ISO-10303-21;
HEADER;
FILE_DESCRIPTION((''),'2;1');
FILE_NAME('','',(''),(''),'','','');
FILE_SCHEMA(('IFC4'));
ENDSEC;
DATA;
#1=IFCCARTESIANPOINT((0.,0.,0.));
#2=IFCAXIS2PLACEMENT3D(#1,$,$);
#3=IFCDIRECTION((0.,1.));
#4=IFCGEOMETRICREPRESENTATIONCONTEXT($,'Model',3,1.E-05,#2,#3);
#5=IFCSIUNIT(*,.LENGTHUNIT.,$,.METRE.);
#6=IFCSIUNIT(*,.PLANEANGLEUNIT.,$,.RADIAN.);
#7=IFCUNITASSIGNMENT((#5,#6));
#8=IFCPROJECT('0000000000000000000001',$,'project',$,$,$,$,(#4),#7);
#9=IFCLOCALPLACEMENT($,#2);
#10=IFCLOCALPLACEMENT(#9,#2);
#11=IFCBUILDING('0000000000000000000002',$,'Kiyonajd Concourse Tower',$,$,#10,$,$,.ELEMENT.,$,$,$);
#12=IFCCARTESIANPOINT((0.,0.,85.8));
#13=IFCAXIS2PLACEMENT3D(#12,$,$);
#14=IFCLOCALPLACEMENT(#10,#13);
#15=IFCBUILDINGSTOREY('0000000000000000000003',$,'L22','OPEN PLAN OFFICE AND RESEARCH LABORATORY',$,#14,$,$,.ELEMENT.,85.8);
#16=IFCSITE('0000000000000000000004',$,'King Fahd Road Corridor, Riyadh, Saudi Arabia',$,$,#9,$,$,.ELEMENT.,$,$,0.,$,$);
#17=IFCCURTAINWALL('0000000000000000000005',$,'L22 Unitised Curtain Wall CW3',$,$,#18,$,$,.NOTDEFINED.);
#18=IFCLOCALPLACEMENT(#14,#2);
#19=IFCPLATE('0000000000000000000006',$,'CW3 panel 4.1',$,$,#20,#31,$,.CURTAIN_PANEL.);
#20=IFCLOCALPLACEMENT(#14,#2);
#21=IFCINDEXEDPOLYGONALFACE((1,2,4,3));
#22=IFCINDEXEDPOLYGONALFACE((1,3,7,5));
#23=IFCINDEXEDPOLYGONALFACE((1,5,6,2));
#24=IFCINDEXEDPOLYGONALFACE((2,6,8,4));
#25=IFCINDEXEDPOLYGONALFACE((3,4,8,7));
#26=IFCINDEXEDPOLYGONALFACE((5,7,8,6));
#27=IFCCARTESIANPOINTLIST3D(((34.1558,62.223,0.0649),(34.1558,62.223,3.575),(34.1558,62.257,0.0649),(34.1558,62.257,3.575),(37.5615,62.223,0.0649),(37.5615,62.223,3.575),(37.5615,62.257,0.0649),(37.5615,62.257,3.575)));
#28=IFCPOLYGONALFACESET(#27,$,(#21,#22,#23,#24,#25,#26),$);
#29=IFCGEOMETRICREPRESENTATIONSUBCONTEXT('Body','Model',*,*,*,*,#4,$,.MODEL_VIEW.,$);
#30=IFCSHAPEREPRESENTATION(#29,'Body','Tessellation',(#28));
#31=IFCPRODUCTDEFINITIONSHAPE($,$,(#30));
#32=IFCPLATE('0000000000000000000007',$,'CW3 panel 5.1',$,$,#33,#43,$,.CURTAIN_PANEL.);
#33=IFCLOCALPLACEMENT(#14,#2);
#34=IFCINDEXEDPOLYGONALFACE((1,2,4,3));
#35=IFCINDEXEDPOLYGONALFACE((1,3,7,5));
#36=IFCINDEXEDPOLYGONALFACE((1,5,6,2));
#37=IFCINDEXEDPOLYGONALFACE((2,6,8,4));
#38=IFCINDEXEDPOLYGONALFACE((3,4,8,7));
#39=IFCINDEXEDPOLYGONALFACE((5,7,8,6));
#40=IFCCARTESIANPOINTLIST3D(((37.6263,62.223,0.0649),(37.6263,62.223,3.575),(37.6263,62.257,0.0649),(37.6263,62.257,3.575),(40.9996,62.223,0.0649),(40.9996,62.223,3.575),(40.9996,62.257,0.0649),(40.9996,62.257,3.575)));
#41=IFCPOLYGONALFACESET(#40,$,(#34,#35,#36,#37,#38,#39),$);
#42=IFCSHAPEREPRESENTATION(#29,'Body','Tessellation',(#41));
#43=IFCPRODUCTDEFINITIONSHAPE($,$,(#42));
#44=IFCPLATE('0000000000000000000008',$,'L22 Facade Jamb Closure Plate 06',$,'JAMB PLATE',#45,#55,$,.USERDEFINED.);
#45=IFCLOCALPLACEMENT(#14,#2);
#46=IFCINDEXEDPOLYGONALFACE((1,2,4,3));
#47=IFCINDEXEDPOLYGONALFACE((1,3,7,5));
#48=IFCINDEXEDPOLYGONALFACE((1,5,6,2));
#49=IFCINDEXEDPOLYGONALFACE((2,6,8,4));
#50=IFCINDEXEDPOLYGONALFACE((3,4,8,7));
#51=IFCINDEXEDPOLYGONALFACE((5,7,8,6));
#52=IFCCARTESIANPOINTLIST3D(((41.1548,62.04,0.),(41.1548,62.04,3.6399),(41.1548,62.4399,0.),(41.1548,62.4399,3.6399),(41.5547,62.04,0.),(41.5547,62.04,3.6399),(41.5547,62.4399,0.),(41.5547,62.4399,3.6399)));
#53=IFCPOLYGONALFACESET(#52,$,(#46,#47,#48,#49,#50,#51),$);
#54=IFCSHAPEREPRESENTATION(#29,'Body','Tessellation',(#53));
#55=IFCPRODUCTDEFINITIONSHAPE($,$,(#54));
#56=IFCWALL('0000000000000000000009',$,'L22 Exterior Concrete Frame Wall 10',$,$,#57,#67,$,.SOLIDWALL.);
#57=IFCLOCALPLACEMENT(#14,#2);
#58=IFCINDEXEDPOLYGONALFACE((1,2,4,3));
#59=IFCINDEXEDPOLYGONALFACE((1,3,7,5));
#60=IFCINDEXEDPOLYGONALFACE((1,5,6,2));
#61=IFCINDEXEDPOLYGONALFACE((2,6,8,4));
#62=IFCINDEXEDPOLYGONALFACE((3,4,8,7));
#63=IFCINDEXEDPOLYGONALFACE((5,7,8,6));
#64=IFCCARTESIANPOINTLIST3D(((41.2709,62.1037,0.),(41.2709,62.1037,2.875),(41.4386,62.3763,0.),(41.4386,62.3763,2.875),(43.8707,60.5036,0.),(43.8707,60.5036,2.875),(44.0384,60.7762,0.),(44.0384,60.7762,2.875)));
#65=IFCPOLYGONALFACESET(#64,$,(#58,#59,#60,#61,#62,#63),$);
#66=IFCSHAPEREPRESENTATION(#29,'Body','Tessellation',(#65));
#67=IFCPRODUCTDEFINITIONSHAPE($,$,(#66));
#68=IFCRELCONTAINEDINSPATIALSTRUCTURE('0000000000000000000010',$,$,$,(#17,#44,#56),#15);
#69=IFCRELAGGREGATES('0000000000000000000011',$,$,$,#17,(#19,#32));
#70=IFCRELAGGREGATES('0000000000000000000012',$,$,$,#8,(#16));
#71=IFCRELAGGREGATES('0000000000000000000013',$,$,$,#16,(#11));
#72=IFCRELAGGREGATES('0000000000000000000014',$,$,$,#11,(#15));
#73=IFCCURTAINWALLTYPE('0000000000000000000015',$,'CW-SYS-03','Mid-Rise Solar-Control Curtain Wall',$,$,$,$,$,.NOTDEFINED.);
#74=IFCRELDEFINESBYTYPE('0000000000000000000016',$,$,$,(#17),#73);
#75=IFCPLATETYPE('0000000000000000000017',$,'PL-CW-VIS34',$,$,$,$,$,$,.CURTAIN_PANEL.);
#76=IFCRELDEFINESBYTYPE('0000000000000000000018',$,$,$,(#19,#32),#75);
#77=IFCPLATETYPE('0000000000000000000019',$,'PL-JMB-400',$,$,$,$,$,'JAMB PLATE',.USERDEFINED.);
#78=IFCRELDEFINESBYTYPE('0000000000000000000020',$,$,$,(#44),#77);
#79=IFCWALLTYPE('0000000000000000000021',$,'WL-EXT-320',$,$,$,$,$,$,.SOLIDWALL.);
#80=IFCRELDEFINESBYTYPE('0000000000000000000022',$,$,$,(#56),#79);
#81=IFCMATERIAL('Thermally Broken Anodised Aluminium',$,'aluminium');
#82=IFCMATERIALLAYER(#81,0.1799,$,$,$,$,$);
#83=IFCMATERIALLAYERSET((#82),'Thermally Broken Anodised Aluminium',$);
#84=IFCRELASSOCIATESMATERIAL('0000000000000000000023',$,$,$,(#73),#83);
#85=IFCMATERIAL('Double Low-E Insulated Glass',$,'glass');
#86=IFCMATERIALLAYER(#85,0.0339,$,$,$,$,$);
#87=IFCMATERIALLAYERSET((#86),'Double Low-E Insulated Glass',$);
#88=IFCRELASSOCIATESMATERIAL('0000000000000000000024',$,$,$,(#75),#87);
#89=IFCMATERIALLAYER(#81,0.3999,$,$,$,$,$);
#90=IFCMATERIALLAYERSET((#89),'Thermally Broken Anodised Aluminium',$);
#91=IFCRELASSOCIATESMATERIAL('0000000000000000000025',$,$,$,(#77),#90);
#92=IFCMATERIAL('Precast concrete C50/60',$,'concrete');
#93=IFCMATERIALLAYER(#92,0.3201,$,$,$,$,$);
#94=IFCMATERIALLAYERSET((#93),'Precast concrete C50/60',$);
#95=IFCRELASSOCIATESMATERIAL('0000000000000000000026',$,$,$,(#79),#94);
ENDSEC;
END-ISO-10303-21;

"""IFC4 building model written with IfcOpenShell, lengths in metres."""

from ifc_helpers import new_model, si_unit, direction, frame, frame_2d, origin, origin_2d, place, context, subcontext, project, spatial, rectangle, extrude, material, layer, layer_set, type_object, element, aggregate, save


model = new_model("IFC4")

# Units and contexts
model_context = context("Model", 3, precision=1e-05, world=origin(), true_north=direction((0.0, 1.0)))
body_context = subcontext(model_context, "Body", "Model", "MODEL_VIEW")
ifc_project = project(units=[si_unit("LENGTHUNIT", "METRE"), si_unit("PLANEANGLEUNIT", "RADIAN")], contexts=[model_context])

# Site, building, storey
site_placement = place(None, origin())
site = spatial("IfcSite", under=ifc_project, at=site_placement, Name="King Fahd Road Corridor, Riyadh, Saudi Arabia", CompositionType="ELEMENT", RefElevation=0.0)
building_placement = place(site_placement, origin())
building = spatial("IfcBuilding", under=site, at=building_placement, Name="Kiyonajd Concourse Tower", CompositionType="ELEMENT")
storey_placement = place(building_placement, frame((0.0, 0.0, 85.8)))
storey = spatial("IfcBuildingStorey", under=building, at=storey_placement, Name="L22", Description="OPEN PLAN OFFICE AND RESEARCH LABORATORY", CompositionType="ELEMENT", Elevation=85.8)

# Shared definitions
ifc_material_1 = material(Name="Precast concrete C50/60", Category="concrete")

# Curtain wall, plates
ifc_material_2 = material(Name="Thermally Broken Anodised Aluminium", Category="aluminium")
ifc_layer_1 = layer(ifc_material_2, 0.1799)
ifc_layer_set_1 = layer_set([ifc_layer_1], Name="Thermally Broken Anodised Aluminium")
curtain_wall_type = type_object("IfcCurtainWallType", Name="CW-SYS-03", Description="Mid-Rise Solar-Control Curtain Wall", PredefinedType="NOTDEFINED", material=ifc_layer_set_1)
curtain_wall_placement = place(storey_placement, origin())
curtain_wall = element("IfcCurtainWall", 1, at=curtain_wall_placement, inside=storey, type_object=curtain_wall_type, Name="L22 Unitised Curtain Wall CW3", PredefinedType="NOTDEFINED")
ifc_material_3 = material(Name="Double Low-E Insulated Glass", Category="glass")
ifc_layer_2 = layer(ifc_material_3, 0.0339)
ifc_layer_set_2 = layer_set([ifc_layer_2], Name="Double Low-E Insulated Glass")
plate_type_1 = type_object("IfcPlateType", Name="PL-CW-VIS34", PredefinedType="CURTAIN_PANEL", material=ifc_layer_set_2)
plate_1_placement = place(storey_placement, frame((35.8586, 62.24, 0.0649), z_axis=(0.0, 0.0, 1.0), x_axis=(1.0, 0.0, 0.0)))
plate_1 = element("IfcPlate", 2, at=plate_1_placement, type_object=plate_type_1, Name="CW3 panel 4.1", PredefinedType="CURTAIN_PANEL", context=body_context, shape_type="SweptSolid", body=[
    extrude(rectangle(XDim=3.4058, YDim=0.0339, at=origin_2d()), origin(), (0.0, 0.0, 1.0), 3.51),
])
plate_2_placement = place(storey_placement, frame((39.313, 62.24, 0.0649), z_axis=(0.0, 0.0, 1.0), x_axis=(1.0, 0.0, 0.0)))
plate_2 = element("IfcPlate", 3, at=plate_2_placement, type_object=plate_type_1, Name="CW3 panel 5.1", PredefinedType="CURTAIN_PANEL", context=body_context, shape_type="SweptSolid", body=[
    extrude(rectangle(XDim=3.3733, YDim=0.0339, at=origin_2d()), origin(), (0.0, 0.0, 1.0), 3.51),
])
aggregate(curtain_wall, [plate_1, plate_2])

# Plate
ifc_layer_3 = layer(ifc_material_2, 0.3999)
ifc_layer_set_3 = layer_set([ifc_layer_3], Name="Thermally Broken Anodised Aluminium")
plate_type_2 = type_object("IfcPlateType", Name="PL-JMB-400", ElementType="JAMB PLATE", PredefinedType="USERDEFINED", material=ifc_layer_set_3)
plate_3_placement = place(storey_placement, frame((41.3547, 62.24, 0.0), z_axis=(0.0, 0.0, 1.0), x_axis=(1.0, 0.0, 0.0)))
element("IfcPlate", 4, at=plate_3_placement, inside=storey, type_object=plate_type_2, Name="L22 Facade Jamb Closure Plate 06", ObjectType="JAMB PLATE", PredefinedType="USERDEFINED", context=body_context, shape_type="SweptSolid", body=[
    extrude(rectangle(XDim=0.3999, YDim=0.3999, at=origin_2d()), origin(), (0.0, 0.0, 1.0), 3.6399),
])

# Wall
ifc_layer_4 = layer(ifc_material_1, 0.3201)
ifc_layer_set_4 = layer_set([ifc_layer_4], Name="Precast concrete C50/60")
wall_type = type_object("IfcWallType", Name="WL-EXT-320", PredefinedType="SOLIDWALL", material=ifc_layer_set_4)
wall_placement = place(storey_placement, frame((41.3547, 62.24, 0.0), z_axis=(0.0, 0.0, 1.0), x_axis=(0.851631, -0.524142, 0.0)))
element("IfcWall", 5, at=wall_placement, inside=storey, type_object=wall_type, Name="L22 Exterior Concrete Frame Wall 10", PredefinedType="SOLIDWALL", context=body_context, shape_type="SweptSolid", body=[
    extrude(rectangle(XDim=3.0527, YDim=0.3201, at=frame_2d((1.5264, 0.0))), origin(), (0.0, 0.0, 1.0), 2.875),
])

save(model, "model.ifc")
